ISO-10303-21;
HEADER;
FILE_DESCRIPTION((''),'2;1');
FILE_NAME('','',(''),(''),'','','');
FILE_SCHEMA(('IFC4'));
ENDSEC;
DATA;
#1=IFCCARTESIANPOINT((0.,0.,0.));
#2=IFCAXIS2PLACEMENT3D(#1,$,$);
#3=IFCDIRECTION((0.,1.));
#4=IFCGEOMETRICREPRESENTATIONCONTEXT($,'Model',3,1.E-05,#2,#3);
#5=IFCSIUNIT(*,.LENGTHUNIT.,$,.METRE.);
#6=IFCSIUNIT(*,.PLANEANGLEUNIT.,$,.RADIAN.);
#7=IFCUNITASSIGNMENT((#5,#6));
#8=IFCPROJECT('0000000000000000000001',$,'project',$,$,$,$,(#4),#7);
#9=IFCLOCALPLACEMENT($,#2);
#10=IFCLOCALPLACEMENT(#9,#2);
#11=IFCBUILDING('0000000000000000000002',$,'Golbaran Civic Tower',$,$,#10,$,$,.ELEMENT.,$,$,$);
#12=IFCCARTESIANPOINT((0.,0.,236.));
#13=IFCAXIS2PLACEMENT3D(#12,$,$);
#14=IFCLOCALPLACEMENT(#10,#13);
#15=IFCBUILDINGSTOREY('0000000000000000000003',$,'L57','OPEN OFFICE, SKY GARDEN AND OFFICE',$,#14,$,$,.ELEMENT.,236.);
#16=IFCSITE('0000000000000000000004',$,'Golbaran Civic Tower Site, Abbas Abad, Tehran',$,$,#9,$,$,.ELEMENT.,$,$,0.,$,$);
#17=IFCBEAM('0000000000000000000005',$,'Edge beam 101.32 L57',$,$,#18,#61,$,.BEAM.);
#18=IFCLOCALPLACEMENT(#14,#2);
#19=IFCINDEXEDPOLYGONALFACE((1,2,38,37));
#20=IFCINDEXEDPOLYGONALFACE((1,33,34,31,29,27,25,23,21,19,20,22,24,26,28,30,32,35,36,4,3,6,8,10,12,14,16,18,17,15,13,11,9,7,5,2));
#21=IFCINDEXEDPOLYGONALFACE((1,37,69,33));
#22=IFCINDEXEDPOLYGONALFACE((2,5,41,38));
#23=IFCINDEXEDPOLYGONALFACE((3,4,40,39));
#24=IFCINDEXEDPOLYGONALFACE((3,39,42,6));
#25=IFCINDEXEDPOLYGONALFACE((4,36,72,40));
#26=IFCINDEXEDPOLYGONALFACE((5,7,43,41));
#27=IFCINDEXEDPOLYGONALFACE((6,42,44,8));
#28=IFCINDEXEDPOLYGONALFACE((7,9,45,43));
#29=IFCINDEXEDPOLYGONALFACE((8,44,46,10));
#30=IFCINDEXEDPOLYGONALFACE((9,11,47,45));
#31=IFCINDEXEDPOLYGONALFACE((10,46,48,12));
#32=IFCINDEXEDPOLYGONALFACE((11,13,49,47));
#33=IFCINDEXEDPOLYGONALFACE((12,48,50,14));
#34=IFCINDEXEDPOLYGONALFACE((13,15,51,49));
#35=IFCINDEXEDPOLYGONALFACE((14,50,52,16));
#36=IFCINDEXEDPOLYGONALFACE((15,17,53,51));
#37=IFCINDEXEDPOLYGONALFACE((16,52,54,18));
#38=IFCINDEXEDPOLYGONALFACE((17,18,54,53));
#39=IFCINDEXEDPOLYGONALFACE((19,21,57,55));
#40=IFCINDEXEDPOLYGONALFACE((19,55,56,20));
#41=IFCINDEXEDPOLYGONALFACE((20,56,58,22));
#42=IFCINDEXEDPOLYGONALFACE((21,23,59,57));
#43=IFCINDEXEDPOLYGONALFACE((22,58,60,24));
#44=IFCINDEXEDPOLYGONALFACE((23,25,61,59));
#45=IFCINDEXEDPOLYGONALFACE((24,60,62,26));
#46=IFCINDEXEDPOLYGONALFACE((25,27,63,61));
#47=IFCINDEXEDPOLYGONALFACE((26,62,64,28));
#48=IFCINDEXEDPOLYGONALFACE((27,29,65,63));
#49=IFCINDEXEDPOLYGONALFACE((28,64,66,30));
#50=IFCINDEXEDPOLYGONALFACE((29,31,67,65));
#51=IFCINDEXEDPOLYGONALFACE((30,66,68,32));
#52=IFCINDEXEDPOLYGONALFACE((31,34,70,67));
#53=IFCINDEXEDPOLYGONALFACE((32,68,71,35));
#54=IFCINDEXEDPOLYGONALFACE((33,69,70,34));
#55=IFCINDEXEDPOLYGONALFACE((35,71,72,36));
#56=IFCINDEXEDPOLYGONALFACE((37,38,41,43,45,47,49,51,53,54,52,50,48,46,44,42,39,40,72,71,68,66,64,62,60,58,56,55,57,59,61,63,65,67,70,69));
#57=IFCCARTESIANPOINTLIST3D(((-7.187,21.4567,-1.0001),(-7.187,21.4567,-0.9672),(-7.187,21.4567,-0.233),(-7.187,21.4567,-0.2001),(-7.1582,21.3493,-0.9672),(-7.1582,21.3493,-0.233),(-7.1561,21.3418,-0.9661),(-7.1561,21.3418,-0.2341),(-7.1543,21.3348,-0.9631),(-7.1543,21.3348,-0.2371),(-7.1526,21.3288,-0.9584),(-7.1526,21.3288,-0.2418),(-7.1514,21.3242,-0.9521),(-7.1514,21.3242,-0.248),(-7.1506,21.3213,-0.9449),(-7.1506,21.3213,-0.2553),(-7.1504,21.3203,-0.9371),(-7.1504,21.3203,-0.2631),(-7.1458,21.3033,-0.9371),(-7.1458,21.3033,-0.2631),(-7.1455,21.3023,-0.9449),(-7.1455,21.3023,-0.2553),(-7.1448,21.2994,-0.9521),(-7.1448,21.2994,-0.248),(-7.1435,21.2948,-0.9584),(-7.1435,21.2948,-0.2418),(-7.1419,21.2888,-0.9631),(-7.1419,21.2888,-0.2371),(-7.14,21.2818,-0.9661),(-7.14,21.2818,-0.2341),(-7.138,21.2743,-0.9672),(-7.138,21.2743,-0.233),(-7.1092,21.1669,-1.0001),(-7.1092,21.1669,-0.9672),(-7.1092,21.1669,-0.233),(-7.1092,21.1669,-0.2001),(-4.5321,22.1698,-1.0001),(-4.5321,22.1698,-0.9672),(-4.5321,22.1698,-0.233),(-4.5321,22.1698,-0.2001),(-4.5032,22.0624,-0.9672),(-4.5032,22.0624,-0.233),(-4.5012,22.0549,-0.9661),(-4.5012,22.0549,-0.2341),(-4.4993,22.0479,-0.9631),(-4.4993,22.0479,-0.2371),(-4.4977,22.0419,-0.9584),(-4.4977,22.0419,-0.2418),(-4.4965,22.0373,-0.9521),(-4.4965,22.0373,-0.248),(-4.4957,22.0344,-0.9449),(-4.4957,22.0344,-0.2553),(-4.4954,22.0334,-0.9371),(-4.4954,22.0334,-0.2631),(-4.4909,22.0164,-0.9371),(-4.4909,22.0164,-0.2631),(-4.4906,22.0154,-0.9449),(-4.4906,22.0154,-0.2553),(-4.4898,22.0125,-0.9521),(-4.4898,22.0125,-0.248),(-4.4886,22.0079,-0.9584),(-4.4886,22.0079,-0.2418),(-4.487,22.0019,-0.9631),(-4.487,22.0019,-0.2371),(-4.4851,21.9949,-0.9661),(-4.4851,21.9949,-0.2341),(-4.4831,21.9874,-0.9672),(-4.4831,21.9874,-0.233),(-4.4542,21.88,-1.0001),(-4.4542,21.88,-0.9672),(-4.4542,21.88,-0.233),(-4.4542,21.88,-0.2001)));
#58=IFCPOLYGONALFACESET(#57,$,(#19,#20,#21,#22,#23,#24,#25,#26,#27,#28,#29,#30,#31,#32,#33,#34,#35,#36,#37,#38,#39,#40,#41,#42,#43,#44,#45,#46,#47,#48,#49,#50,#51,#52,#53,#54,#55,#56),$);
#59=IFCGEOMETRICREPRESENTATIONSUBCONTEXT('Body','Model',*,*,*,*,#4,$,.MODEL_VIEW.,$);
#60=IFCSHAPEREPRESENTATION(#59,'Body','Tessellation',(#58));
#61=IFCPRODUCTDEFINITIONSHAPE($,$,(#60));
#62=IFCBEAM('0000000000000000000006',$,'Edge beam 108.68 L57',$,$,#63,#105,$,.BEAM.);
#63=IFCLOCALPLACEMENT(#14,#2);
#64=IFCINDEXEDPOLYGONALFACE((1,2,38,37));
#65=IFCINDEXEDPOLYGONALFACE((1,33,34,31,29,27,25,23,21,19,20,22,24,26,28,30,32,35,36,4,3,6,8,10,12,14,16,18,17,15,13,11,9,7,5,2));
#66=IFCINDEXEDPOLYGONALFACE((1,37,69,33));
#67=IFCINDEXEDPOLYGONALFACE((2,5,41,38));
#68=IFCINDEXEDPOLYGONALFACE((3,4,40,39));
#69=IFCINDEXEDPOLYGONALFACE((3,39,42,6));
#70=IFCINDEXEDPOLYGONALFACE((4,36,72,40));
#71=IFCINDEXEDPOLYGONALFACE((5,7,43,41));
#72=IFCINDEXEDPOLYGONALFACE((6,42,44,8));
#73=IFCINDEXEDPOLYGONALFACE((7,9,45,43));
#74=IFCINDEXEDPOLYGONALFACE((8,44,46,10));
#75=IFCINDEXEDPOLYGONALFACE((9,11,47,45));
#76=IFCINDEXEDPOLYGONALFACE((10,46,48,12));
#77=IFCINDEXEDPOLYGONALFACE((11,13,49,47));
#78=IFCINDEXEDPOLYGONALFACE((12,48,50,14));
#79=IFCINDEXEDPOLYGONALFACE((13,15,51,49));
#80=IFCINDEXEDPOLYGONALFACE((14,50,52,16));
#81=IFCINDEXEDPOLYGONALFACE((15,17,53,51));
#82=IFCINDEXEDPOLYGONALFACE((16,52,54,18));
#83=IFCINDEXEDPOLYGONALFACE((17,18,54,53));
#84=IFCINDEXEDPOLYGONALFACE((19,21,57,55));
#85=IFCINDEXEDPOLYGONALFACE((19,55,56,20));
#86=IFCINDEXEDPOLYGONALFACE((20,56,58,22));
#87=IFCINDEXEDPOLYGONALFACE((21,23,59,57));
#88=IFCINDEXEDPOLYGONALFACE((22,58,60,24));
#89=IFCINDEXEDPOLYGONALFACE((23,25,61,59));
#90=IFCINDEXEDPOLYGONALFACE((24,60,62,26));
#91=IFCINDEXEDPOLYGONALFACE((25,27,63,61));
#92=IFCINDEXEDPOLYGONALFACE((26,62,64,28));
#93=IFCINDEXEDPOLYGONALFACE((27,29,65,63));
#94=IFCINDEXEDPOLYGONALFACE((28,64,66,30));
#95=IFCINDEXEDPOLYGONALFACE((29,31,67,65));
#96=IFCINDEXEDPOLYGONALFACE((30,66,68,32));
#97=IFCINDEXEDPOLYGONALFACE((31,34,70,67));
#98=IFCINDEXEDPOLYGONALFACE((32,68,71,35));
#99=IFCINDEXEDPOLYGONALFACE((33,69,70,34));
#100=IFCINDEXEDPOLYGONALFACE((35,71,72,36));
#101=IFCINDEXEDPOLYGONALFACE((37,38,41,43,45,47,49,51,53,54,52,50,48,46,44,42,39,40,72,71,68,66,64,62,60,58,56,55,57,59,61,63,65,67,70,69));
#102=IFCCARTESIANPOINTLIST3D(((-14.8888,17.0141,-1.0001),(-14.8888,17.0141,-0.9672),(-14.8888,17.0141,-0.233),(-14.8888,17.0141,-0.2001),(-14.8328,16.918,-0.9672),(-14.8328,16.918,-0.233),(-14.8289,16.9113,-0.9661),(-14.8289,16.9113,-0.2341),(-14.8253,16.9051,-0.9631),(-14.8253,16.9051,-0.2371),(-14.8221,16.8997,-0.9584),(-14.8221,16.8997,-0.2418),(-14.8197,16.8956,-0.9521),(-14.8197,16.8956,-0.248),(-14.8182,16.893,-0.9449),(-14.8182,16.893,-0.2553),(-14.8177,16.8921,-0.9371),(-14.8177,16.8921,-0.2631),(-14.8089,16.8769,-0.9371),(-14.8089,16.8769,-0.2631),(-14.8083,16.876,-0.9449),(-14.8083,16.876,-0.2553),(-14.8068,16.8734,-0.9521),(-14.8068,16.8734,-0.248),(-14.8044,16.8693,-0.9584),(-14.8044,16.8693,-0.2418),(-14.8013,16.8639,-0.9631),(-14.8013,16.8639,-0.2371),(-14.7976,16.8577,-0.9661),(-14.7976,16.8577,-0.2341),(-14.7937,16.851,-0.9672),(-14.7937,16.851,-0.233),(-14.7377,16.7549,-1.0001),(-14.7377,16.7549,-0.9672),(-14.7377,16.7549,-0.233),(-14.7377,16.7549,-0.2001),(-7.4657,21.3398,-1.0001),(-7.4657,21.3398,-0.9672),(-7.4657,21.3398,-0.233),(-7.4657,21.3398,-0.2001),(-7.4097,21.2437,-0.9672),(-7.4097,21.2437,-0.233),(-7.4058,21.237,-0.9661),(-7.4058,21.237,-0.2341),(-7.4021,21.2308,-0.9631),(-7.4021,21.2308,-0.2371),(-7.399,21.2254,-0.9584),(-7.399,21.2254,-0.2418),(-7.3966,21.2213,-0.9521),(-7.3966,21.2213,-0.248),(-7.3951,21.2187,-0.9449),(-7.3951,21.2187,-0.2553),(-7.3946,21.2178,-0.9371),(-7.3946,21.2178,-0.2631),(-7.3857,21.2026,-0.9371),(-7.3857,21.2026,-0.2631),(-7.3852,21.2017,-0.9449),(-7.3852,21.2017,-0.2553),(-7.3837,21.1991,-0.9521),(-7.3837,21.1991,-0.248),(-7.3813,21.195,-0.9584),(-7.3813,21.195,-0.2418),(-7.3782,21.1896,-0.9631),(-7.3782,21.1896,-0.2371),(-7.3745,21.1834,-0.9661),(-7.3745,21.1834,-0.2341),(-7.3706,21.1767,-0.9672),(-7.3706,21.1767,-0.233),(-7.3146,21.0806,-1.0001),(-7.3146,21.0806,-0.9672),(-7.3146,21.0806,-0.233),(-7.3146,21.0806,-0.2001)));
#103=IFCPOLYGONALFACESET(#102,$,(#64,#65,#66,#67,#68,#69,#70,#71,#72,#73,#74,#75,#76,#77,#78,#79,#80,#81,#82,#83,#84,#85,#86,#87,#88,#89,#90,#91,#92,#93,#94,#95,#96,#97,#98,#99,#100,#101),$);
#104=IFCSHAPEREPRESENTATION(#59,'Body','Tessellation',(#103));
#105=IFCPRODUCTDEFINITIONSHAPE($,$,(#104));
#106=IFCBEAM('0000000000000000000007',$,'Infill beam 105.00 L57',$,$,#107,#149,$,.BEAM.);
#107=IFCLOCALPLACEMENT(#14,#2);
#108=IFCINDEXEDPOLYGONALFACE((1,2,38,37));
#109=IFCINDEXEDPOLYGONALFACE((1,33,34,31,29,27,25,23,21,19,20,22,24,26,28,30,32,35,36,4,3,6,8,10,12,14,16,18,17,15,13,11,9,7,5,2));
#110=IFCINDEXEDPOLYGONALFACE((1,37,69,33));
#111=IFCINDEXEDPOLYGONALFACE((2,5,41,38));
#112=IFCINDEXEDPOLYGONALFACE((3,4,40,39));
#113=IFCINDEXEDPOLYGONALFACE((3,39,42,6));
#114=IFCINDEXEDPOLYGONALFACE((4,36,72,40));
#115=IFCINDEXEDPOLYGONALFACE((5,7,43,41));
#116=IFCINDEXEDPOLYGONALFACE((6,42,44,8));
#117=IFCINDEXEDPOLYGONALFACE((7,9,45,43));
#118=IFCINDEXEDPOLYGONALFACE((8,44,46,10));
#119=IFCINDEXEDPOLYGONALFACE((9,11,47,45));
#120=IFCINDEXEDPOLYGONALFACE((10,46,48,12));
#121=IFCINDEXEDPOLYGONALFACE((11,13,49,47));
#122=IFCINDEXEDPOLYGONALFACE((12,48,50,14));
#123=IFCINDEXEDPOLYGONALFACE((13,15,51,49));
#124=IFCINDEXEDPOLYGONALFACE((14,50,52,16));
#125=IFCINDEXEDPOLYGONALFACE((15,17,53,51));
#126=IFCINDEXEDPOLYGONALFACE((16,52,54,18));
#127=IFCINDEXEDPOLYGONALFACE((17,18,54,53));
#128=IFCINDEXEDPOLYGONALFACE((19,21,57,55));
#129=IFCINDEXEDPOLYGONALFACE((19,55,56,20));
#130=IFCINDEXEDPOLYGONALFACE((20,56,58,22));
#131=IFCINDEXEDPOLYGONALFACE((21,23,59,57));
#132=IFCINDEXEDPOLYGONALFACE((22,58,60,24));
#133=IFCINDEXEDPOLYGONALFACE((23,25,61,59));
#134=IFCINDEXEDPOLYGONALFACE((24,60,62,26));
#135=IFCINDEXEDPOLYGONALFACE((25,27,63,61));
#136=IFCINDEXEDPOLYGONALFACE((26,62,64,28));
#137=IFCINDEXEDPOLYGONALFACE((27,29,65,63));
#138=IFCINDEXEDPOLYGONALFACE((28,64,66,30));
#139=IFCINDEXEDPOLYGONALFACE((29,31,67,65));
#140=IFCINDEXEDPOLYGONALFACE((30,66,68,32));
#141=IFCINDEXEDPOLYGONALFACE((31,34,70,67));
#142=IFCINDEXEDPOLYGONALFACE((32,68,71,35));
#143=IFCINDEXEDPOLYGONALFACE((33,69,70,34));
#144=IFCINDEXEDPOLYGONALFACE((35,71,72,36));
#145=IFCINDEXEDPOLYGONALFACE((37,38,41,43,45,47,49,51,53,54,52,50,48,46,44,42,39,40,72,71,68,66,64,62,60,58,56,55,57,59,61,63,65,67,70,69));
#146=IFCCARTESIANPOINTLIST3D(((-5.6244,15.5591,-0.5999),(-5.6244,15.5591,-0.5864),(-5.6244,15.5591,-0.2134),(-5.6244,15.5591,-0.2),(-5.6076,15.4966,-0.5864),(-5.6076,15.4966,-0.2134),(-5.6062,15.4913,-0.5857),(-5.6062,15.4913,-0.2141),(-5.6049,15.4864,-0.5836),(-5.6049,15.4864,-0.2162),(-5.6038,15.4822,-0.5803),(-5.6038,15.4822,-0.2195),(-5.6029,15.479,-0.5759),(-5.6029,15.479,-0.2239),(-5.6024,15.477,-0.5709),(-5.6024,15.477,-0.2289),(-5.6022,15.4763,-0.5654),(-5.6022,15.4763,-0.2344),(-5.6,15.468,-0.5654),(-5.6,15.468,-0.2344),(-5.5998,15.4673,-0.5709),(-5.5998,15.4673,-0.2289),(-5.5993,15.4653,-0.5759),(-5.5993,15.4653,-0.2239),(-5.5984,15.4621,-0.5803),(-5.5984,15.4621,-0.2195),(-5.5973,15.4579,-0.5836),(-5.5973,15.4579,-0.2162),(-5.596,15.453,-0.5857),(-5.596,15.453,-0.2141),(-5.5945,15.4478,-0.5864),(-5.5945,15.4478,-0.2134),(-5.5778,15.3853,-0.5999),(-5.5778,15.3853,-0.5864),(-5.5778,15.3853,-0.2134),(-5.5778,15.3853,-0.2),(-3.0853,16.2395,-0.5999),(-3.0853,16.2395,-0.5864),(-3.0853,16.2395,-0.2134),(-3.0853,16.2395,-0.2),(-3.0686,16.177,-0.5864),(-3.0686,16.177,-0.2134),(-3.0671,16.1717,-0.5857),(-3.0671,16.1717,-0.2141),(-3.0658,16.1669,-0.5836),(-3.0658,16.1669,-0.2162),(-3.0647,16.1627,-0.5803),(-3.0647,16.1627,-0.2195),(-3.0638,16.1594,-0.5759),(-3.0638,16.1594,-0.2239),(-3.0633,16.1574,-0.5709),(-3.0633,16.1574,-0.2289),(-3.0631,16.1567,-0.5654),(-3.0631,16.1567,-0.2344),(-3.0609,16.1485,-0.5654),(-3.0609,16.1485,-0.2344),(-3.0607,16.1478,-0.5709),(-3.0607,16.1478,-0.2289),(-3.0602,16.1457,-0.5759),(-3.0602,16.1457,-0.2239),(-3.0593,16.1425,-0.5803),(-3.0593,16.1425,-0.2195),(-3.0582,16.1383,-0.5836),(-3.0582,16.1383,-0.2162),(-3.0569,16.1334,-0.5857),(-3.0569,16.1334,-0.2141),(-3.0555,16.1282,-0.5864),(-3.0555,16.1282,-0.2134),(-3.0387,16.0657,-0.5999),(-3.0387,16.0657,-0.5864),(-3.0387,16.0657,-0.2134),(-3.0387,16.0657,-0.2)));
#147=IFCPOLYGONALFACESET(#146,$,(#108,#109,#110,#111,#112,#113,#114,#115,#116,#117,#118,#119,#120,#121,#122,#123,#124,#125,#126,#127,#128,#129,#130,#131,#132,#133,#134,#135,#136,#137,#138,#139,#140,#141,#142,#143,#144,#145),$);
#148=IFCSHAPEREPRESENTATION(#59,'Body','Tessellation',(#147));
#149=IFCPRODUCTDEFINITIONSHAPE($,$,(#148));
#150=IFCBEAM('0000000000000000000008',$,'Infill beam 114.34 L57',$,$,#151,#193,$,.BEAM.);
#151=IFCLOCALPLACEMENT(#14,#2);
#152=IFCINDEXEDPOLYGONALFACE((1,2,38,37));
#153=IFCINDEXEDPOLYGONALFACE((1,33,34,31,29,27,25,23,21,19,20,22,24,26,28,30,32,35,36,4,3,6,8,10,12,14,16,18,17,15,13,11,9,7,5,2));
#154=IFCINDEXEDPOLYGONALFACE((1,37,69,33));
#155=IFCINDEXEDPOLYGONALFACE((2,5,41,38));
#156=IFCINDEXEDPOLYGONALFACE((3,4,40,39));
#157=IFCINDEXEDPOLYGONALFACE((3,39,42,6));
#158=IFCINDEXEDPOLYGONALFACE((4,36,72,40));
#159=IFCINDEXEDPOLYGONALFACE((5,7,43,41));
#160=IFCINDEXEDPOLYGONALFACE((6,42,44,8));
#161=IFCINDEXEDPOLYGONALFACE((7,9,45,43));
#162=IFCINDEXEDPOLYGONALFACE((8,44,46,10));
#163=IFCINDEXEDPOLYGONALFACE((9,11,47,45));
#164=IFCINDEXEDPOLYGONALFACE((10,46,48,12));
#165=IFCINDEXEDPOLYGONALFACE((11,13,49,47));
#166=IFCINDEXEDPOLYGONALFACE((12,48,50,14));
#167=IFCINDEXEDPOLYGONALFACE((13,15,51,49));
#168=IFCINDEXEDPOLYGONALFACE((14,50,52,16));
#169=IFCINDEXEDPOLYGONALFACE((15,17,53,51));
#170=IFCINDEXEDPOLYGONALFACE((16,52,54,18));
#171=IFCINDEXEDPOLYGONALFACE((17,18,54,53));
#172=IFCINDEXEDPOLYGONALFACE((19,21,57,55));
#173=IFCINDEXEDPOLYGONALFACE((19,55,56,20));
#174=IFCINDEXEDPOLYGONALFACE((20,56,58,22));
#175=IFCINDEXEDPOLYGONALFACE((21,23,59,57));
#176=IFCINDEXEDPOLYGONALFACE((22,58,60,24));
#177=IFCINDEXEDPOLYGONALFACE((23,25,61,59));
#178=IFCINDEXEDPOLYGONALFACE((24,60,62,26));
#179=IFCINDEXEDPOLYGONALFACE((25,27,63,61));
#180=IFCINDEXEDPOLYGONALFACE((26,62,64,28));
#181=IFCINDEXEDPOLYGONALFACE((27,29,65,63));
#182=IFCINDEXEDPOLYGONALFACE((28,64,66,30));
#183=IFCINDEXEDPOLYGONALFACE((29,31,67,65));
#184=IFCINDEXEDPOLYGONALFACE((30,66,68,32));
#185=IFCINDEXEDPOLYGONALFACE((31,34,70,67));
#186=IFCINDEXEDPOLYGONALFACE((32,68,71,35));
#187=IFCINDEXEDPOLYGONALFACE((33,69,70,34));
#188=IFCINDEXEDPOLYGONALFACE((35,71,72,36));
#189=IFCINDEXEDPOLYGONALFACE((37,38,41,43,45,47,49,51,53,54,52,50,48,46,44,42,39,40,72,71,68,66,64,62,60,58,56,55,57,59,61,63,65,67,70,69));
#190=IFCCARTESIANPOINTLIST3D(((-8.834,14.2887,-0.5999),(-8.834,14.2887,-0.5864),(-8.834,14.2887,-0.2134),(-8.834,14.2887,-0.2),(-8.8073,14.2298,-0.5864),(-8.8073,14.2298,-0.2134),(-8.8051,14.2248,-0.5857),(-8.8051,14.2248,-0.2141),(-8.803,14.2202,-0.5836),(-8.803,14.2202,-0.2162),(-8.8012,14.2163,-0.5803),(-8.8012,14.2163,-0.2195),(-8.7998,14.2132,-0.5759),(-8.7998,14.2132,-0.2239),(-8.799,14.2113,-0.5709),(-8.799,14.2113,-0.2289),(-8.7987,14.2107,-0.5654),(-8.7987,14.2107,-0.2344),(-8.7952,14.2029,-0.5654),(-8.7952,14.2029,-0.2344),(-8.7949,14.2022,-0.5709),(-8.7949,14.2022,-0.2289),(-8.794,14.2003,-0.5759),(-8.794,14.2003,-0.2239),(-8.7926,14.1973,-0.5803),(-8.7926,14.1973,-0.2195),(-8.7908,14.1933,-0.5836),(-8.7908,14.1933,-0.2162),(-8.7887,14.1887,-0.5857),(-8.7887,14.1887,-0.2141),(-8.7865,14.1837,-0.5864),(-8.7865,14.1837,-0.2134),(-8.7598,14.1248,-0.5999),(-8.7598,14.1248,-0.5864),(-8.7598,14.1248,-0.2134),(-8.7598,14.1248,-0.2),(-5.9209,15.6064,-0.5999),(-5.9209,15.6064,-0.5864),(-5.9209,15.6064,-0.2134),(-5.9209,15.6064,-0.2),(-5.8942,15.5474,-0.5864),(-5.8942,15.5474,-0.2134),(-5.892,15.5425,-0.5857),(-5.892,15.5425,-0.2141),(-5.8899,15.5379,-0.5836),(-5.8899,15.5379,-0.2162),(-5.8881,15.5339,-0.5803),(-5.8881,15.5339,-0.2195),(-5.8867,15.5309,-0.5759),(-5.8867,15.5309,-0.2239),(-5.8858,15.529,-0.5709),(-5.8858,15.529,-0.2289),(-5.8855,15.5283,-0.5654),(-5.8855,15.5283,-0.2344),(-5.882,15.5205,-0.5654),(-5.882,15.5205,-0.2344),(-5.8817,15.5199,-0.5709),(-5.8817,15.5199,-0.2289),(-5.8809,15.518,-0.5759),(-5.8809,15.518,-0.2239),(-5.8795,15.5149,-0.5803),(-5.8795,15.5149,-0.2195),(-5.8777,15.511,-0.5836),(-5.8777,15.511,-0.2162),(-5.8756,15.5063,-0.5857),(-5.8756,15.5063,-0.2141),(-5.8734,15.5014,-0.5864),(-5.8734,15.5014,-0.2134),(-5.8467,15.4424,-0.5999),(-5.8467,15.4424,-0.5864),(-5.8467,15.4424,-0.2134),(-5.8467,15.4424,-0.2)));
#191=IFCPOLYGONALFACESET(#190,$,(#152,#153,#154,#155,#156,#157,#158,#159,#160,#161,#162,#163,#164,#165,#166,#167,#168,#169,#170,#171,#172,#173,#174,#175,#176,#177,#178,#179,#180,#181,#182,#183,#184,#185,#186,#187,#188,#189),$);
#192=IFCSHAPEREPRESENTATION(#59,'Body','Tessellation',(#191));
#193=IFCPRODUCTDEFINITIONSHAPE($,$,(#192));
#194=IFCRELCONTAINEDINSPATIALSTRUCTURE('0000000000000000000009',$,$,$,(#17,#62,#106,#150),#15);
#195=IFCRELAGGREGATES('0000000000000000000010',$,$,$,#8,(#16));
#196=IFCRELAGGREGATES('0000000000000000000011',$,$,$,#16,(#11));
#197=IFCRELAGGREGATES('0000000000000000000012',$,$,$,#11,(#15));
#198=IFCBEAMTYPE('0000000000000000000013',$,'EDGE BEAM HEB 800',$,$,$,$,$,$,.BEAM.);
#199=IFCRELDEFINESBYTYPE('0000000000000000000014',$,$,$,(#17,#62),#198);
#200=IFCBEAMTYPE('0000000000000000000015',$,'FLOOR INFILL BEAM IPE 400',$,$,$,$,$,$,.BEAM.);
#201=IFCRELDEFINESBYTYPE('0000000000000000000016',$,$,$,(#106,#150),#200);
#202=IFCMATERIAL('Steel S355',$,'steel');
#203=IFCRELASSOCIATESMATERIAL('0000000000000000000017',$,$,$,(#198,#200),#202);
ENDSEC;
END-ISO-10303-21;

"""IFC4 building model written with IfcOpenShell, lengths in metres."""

from ifc_helpers import new_model, si_unit, direction, frame, origin, origin_2d, place, context, subcontext, project, spatial, i_section, extrude, material, material_profile, profile_set, type_object, element, save


model = new_model("IFC4")

# Units and contexts
model_context = context("Model", 3, precision=1e-05, world=origin(), true_north=direction((0.0, 1.0)))
body_context = subcontext(model_context, "Body", "Model", "MODEL_VIEW")
ifc_project = project(units=[si_unit("LENGTHUNIT", "METRE"), si_unit("PLANEANGLEUNIT", "RADIAN")], contexts=[model_context])

# Site, building, storey
site_placement = place(None, origin())
site = spatial("IfcSite", under=ifc_project, at=site_placement, Name="Golbaran Civic Tower Site, Abbas Abad, Tehran", CompositionType="ELEMENT", RefElevation=0.0)
building_placement = place(site_placement, origin())
building = spatial("IfcBuilding", under=site, at=building_placement, Name="Golbaran Civic Tower", CompositionType="ELEMENT")
storey_placement = place(building_placement, frame((0.0, 0.0, 236.0)))
storey = spatial("IfcBuildingStorey", under=building, at=storey_placement, Name="L57", Description="OPEN OFFICE, SKY GARDEN AND OFFICE", CompositionType="ELEMENT", Elevation=236.0)

# Beams
ifc_material_1 = material(Name="Steel S355", Category="steel")
ifc_material_profile_1 = material_profile(ifc_material_1, i_section(OverallWidth=0.3, OverallDepth=0.8, WebThickness=0.0176, FlangeThickness=0.033, FilletRadius=0.03, at=origin_2d()), Name="HEB 800")
ifc_profile_set_1 = profile_set([ifc_material_profile_1], Name="Steel S355")
beam_type_1 = type_object("IfcBeamType", Name="EDGE BEAM HEB 800", PredefinedType="BEAM", material=ifc_profile_set_1)
beam_1_placement = place(storey_placement, frame((-4.4932, 22.0249, -0.6001), z_axis=(-0.965769, -0.259403, 0.0), x_axis=(0.259403, -0.965769, 0.0)))
element("IfcBeam", 1, at=beam_1_placement, inside=storey, type_object=beam_type_1, Name="Edge beam 101.32 L57", PredefinedType="BEAM", context=body_context, shape_type="SweptSolid", body=[
    extrude(i_section(OverallWidth=0.3, OverallDepth=0.8, WebThickness=0.0176, FlangeThickness=0.033, FilletRadius=0.03, at=origin_2d()), origin(), (0.0, 0.0, 1.0), 2.749),
])
beam_2_placement = place(storey_placement, frame((-7.3901, 21.2102, -0.6001), z_axis=(-0.864005, -0.503484, 0.0), x_axis=(0.503484, -0.864005, 0.0)))
element("IfcBeam", 2, at=beam_2_placement, inside=storey, type_object=beam_type_1, Name="Edge beam 108.68 L57", PredefinedType="BEAM", context=body_context, shape_type="SweptSolid", body=[
    extrude(i_section(OverallWidth=0.3, OverallDepth=0.8, WebThickness=0.0176, FlangeThickness=0.033, FilletRadius=0.03, at=origin_2d()), origin(), (0.0, 0.0, 1.0), 8.5916),
])
ifc_material_profile_2 = material_profile(ifc_material_1, i_section(OverallWidth=0.1799, OverallDepth=0.3999, WebThickness=0.0085, FlangeThickness=0.0134, FilletRadius=0.021, at=origin_2d()), Name="IPE 400")
ifc_profile_set_2 = profile_set([ifc_material_profile_2], Name="Steel S355")
beam_type_2 = type_object("IfcBeamType", Name="FLOOR INFILL BEAM IPE 400", PredefinedType="BEAM", material=ifc_profile_set_2)
beam_3_placement = place(storey_placement, frame((-3.062, 16.1526, -0.3999), z_axis=(-0.965918, -0.258848, 0.0), x_axis=(0.258848, -0.965918, 0.0)))
element("IfcBeam", 3, at=beam_3_placement, inside=storey, type_object=beam_type_2, Name="Infill beam 105.00 L57", PredefinedType="BEAM", context=body_context, shape_type="SweptSolid", body=[
    extrude(i_section(OverallWidth=0.1799, OverallDepth=0.3999, WebThickness=0.0085, FlangeThickness=0.0134, FilletRadius=0.021, at=origin_2d()), origin(), (0.0, 0.0, 1.0), 2.6287),
])
beam_4_placement = place(storey_placement, frame((-5.8838, 15.5244, -0.3999), z_axis=(-0.911131, -0.412117, 0.0), x_axis=(0.412117, -0.911131, 0.0)))
element("IfcBeam", 4, at=beam_4_placement, inside=storey, type_object=beam_type_2, Name="Infill beam 114.34 L57", PredefinedType="BEAM", context=body_context, shape_type="SweptSolid", body=[
    extrude(i_section(OverallWidth=0.1799, OverallDepth=0.3999, WebThickness=0.0085, FlangeThickness=0.0134, FilletRadius=0.021, at=origin_2d()), origin(), (0.0, 0.0, 1.0), 3.1973),
])

save(model, "model.ifc")
